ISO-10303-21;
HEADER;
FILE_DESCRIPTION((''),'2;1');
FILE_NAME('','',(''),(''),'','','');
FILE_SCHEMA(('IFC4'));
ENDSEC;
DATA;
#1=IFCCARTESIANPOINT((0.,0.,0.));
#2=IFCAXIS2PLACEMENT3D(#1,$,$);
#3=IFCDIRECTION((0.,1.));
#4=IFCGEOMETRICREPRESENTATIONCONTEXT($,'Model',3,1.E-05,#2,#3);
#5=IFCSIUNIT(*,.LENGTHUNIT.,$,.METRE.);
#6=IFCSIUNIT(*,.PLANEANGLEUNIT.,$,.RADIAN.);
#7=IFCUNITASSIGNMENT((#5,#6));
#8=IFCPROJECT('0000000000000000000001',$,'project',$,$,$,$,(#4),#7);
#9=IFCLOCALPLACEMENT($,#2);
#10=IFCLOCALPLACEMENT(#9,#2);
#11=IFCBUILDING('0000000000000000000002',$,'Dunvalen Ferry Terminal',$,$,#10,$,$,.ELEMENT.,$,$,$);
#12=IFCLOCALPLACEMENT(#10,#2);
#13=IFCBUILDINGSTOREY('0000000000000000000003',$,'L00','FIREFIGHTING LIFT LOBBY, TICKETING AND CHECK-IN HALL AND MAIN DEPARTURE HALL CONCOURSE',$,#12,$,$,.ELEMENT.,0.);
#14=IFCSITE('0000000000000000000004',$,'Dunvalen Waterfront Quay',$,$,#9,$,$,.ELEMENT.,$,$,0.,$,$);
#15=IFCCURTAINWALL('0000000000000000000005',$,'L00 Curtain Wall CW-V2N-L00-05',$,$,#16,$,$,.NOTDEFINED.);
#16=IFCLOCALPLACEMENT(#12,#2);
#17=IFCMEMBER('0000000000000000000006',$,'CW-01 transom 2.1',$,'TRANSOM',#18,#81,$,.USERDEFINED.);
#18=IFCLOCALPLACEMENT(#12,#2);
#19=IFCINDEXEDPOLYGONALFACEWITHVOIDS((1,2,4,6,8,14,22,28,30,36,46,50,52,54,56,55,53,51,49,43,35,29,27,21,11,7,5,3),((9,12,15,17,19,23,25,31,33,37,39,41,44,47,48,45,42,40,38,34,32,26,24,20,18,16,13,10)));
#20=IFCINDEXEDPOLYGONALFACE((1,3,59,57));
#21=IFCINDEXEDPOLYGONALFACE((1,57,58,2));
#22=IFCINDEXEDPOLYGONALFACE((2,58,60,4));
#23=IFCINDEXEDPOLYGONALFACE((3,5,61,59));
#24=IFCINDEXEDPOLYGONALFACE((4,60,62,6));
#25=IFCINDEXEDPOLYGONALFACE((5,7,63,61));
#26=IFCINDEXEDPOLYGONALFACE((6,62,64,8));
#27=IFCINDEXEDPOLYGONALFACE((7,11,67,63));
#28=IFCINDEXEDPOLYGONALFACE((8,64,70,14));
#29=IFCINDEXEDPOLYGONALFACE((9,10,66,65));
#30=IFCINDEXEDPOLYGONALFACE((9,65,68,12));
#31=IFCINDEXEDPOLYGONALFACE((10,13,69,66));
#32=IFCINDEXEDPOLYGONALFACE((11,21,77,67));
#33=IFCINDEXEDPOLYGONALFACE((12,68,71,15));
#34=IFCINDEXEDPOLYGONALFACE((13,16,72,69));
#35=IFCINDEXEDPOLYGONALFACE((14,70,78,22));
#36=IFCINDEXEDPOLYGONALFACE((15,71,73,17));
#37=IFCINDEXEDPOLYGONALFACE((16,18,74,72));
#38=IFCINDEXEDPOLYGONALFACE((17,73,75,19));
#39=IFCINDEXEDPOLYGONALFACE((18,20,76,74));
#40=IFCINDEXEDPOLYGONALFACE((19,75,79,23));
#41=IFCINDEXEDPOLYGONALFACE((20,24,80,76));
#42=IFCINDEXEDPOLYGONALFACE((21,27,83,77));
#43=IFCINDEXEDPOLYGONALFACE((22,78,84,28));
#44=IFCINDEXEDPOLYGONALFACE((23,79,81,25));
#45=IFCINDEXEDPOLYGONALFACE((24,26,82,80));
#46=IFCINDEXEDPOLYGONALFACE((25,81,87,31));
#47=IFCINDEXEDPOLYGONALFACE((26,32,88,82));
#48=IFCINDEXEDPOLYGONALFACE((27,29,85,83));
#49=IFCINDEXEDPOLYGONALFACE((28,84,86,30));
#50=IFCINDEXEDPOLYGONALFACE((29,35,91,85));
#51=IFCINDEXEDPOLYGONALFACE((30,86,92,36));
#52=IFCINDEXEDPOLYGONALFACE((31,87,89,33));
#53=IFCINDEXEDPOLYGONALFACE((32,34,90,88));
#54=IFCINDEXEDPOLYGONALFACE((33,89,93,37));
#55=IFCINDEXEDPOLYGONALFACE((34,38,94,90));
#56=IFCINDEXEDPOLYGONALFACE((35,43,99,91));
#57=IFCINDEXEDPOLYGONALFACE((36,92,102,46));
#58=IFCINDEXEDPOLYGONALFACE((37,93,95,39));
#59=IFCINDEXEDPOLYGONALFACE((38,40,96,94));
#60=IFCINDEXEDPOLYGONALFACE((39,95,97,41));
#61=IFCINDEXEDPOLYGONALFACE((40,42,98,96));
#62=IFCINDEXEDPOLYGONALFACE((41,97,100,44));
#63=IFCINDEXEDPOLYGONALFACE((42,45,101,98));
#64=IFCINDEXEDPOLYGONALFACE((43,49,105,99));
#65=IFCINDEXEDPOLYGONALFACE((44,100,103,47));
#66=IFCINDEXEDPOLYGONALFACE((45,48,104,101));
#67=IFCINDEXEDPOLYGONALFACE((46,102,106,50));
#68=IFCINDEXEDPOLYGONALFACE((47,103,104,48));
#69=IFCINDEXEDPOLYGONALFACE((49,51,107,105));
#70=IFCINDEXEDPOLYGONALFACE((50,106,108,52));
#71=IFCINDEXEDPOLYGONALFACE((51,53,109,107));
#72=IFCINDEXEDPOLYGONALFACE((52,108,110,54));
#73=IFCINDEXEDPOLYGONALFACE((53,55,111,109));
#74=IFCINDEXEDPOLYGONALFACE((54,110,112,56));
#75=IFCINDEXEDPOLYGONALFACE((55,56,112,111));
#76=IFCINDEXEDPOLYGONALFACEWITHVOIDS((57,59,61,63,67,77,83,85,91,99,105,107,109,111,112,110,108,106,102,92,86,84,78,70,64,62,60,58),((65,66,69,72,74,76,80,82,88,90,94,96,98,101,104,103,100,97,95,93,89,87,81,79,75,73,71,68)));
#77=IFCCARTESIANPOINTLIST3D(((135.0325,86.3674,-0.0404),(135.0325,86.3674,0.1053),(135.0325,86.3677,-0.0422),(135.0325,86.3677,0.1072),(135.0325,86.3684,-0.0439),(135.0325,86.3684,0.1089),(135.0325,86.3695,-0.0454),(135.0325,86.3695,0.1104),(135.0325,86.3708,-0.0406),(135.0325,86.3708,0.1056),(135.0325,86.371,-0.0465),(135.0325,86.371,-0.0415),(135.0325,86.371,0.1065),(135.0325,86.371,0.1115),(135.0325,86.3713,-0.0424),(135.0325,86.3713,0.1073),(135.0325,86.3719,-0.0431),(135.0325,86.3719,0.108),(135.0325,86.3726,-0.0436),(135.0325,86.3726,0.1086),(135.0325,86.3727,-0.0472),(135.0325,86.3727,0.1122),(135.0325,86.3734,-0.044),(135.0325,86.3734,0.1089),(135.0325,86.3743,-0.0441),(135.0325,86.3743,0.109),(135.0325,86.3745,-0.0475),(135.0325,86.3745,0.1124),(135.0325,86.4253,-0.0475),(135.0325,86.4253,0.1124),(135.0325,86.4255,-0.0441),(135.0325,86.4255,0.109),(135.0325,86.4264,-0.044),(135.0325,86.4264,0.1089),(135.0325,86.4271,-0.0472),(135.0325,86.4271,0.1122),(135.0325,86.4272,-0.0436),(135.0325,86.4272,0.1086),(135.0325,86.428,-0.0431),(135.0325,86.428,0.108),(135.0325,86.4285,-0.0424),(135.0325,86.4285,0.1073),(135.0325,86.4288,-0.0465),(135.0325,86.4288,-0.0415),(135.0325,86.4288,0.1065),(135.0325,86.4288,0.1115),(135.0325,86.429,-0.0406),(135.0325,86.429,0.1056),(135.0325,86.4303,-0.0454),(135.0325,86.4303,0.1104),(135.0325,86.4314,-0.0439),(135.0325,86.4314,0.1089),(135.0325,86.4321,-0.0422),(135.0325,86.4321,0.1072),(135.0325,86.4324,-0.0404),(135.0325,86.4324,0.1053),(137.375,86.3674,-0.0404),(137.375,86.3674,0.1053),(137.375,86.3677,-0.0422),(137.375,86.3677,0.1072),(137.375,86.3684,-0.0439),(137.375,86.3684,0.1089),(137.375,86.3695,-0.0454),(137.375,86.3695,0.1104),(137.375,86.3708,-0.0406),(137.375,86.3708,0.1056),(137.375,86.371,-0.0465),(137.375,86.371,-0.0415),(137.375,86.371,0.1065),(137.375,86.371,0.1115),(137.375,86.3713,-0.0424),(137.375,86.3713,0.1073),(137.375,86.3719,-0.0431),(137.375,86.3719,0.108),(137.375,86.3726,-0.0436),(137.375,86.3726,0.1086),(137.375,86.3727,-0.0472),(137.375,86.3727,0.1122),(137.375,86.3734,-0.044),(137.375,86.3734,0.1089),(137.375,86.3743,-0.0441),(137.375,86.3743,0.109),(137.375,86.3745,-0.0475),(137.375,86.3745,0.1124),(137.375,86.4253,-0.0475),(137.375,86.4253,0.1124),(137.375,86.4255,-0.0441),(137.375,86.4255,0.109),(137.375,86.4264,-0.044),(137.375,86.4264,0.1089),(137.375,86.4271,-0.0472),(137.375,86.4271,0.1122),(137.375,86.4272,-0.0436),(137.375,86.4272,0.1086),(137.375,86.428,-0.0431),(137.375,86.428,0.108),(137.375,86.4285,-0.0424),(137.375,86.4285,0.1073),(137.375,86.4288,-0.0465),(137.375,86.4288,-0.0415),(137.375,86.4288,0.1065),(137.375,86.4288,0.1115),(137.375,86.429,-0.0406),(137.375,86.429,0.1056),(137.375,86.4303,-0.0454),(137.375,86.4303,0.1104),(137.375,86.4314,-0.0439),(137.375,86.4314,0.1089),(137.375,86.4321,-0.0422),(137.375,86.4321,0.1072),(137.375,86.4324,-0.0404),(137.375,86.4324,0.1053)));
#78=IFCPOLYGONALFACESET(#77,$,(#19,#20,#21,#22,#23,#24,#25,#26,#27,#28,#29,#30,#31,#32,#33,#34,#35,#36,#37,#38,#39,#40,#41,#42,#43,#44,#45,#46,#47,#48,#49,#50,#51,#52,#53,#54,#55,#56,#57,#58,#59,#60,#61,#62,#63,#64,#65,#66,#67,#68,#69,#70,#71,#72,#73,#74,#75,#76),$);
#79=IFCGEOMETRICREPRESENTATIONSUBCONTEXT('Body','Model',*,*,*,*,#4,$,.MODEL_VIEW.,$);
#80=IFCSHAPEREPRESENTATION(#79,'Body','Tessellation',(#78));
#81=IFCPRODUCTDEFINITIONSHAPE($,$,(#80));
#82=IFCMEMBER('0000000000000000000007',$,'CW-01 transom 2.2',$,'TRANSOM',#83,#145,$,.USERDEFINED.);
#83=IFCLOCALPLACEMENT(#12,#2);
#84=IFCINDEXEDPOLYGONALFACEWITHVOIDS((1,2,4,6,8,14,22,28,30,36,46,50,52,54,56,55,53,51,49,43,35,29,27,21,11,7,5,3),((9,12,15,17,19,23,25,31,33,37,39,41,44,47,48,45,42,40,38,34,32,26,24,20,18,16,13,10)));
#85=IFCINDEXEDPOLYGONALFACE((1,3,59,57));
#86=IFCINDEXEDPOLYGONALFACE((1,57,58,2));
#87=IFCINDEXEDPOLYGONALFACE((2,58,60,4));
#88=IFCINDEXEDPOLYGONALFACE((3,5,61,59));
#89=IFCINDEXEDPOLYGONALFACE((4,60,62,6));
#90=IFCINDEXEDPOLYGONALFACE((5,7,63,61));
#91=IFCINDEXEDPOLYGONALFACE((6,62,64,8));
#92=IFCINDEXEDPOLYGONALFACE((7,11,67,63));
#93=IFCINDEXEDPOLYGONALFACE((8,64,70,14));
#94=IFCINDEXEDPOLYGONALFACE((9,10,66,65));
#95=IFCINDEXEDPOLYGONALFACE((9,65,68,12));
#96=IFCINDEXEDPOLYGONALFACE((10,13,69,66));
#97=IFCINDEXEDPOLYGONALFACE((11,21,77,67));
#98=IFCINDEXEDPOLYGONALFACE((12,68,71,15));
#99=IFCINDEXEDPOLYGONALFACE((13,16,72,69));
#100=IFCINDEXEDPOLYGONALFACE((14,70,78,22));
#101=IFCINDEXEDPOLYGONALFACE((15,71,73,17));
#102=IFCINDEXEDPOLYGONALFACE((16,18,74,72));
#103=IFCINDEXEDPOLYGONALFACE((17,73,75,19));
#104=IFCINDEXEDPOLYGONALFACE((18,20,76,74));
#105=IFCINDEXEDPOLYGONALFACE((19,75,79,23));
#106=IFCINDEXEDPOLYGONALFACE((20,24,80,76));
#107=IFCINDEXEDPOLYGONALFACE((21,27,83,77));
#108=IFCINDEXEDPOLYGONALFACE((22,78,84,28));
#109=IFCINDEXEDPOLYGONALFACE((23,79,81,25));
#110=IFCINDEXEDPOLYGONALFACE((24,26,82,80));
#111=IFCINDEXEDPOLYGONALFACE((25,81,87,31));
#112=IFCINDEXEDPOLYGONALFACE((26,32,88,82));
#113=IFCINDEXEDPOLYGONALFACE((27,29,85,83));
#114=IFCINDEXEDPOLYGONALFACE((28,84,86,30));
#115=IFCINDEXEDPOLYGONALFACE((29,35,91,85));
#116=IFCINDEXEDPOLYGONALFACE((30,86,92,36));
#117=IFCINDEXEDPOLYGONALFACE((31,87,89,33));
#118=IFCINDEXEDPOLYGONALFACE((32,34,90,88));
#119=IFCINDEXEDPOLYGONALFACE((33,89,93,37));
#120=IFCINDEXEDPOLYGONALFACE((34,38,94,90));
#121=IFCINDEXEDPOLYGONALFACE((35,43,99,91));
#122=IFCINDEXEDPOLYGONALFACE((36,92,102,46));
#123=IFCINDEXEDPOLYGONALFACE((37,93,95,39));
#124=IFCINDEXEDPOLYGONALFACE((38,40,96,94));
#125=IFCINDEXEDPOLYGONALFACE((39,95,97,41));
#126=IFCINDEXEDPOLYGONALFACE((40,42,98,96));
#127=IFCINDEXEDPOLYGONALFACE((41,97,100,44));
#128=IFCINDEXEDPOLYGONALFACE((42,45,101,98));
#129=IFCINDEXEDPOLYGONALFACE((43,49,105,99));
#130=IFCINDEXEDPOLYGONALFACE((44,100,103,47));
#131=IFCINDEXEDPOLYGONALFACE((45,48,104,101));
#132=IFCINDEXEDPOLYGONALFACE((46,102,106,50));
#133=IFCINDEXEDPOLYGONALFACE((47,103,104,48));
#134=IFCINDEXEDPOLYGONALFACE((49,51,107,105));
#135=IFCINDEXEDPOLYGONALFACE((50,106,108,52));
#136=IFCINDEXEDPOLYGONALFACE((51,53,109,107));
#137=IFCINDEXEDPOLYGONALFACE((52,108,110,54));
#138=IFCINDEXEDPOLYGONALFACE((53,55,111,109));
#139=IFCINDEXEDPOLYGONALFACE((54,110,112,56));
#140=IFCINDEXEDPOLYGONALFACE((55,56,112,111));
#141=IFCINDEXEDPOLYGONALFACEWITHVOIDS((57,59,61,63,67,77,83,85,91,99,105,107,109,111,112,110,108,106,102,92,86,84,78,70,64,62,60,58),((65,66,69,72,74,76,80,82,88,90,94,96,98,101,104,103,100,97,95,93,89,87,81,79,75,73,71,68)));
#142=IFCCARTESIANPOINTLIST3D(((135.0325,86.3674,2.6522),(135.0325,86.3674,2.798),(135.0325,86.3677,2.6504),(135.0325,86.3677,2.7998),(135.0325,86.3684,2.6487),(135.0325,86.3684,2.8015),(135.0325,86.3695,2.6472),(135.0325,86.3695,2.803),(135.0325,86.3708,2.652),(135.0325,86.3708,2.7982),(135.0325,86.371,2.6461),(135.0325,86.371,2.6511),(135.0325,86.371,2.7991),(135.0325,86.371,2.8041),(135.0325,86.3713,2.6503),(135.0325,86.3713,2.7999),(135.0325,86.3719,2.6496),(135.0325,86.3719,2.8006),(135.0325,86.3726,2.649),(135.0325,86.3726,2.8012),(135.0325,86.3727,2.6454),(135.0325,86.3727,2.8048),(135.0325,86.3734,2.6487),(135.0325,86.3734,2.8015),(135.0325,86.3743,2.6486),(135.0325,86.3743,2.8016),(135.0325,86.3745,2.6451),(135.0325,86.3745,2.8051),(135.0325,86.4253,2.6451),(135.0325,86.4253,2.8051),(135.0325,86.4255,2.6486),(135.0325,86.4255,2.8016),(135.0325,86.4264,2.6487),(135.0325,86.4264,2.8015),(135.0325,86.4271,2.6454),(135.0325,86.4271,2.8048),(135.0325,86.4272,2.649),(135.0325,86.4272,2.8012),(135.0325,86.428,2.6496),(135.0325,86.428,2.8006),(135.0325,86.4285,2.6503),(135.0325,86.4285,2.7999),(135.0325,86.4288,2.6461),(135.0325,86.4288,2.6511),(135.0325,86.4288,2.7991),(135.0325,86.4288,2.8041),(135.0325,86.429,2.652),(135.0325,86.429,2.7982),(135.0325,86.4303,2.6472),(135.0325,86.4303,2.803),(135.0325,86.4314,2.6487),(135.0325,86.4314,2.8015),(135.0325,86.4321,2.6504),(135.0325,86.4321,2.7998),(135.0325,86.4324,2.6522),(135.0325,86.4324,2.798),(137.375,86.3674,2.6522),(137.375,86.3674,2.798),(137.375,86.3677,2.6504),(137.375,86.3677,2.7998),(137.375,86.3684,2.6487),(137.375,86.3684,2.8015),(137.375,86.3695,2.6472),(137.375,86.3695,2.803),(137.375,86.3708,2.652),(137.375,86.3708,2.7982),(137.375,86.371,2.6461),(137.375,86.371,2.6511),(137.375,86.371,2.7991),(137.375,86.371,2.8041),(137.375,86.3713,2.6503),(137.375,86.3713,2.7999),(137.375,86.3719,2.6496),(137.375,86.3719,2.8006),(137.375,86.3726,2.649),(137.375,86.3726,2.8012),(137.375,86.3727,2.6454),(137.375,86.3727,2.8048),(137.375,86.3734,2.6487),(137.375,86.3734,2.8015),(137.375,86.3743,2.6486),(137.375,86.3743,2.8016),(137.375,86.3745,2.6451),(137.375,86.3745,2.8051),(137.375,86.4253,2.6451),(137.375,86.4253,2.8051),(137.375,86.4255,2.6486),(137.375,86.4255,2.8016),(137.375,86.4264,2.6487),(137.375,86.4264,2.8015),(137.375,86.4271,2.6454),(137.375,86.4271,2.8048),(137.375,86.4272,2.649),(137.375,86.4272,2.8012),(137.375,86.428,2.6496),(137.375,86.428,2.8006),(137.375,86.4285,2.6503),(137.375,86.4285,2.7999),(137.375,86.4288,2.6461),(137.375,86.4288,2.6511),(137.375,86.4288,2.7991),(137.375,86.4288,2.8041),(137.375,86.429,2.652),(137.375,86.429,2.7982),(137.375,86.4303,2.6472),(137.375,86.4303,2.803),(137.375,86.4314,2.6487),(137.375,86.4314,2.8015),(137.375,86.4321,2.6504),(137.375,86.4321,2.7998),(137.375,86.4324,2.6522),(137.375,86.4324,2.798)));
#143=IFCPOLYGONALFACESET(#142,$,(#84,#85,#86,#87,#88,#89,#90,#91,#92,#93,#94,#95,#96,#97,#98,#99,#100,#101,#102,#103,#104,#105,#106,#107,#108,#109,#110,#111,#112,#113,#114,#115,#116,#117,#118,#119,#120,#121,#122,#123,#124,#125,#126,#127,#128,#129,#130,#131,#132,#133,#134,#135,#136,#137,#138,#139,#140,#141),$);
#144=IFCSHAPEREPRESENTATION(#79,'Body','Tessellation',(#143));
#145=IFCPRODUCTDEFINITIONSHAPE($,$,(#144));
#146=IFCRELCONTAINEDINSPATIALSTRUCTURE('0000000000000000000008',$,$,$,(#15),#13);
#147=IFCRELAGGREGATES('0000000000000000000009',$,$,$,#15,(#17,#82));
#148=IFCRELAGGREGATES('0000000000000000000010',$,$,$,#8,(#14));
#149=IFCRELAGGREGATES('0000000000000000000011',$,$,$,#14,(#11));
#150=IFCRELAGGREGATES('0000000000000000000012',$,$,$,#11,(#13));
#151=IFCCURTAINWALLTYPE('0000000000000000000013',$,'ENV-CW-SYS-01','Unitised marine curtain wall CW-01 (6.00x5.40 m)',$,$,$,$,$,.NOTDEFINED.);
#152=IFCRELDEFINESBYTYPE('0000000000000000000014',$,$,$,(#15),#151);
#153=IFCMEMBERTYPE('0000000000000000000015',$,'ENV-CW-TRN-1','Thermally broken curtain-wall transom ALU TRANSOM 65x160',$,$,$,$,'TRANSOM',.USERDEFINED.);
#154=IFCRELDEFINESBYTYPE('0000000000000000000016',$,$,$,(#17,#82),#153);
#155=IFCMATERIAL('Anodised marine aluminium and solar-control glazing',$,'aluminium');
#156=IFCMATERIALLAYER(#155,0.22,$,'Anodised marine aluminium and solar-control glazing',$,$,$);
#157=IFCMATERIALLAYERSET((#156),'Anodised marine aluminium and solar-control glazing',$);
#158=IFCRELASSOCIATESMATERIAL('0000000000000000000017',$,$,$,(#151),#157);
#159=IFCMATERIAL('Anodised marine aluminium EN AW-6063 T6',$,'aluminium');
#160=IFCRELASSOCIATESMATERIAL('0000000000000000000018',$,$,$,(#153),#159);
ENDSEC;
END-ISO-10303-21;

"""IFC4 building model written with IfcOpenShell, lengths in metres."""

from ifc_helpers import new_model, si_unit, direction, frame, origin, origin_2d, place, context, subcontext, project, spatial, hollow_rectangle, extrude, material, layer, layer_set, material_profile, profile_set, type_object, element, aggregate, save


model = new_model("IFC4")

# Units and contexts
model_context = context("Model", 3, precision=1e-05, world=origin(), true_north=direction((0.0, 1.0)))
body_context = subcontext(model_context, "Body", "Model", "MODEL_VIEW")
ifc_project = project(units=[si_unit("LENGTHUNIT", "METRE"), si_unit("PLANEANGLEUNIT", "RADIAN")], contexts=[model_context])

# Site, building, storey
site_placement = place(None, origin())
site = spatial("IfcSite", under=ifc_project, at=site_placement, Name="Dunvalen Waterfront Quay", CompositionType="ELEMENT", RefElevation=0.0)
building_placement = place(site_placement, origin())
building = spatial("IfcBuilding", under=site, at=building_placement, Name="Dunvalen Ferry Terminal", CompositionType="ELEMENT")
storey_placement = place(building_placement, origin())
storey = spatial("IfcBuildingStorey", under=building, at=storey_placement, Name="L00", Description="FIREFIGHTING LIFT LOBBY, TICKETING AND CHECK-IN HALL AND MAIN DEPARTURE HALL CONCOURSE", CompositionType="ELEMENT", Elevation=0.0)

# Curtain wall
ifc_material_1 = material(Name="Anodised marine aluminium and solar-control glazing", Category="aluminium")
ifc_layer_1 = layer(ifc_material_1, 0.22, Name="Anodised marine aluminium and solar-control glazing")
ifc_layer_set_1 = layer_set([ifc_layer_1], Name="Anodised marine aluminium and solar-control glazing")
curtain_wall_type = type_object("IfcCurtainWallType", Name="ENV-CW-SYS-01", Description="Unitised marine curtain wall CW-01 (6.00x5.40 m)", PredefinedType="NOTDEFINED", material=ifc_layer_set_1)
curtain_wall_1_placement = place(storey_placement, origin())
curtain_wall_1 = element("IfcCurtainWall", 1, at=curtain_wall_1_placement, inside=storey, type_object=curtain_wall_type, Name="L00 Curtain Wall CW-V2N-L00-05", PredefinedType="NOTDEFINED")
ifc_material_2 = material(Name="Anodised marine aluminium EN AW-6063 T6", Category="aluminium")

# Members
ifc_material_profile_1 = material_profile(ifc_material_2, hollow_rectangle(XDim=0.0649, YDim=0.1599, WallThickness=0.0034, InnerFilletRadius=0.0034, OuterFilletRadius=0.0071, at=origin_2d()), Name="Anodised marine aluminium EN AW-6063 T6")
ifc_profile_set_1 = profile_set([ifc_material_profile_1], Name="Anodised marine aluminium EN AW-6063 T6")
member_type_1 = type_object("IfcMemberType", Name="ENV-CW-TRN-1", Description="Thermally broken curtain-wall transom ALU TRANSOM 65x160", ElementType="TRANSOM", PredefinedType="USERDEFINED", material=ifc_profile_set_1)
member_1_placement = place(storey_placement, frame((135.0325, 86.3999, 0.0325), z_axis=(1.0, 0.0, 0.0), x_axis=(0.0, 1.0, 0.0)))
member_1 = element("IfcMember", 2, at=member_1_placement, type_object=member_type_1, Name="CW-01 transom 2.1", ObjectType="TRANSOM", PredefinedType="USERDEFINED", context=body_context, shape_type="SweptSolid", body=[
    extrude(hollow_rectangle(XDim=0.0649, YDim=0.1599, WallThickness=0.0034, InnerFilletRadius=0.0034, OuterFilletRadius=0.0071, at=origin_2d()), origin(), (0.0, 0.0, 1.0), 2.3425),
])
member_2_placement = place(storey_placement, frame((135.0325, 86.3999, 2.7251), z_axis=(1.0, 0.0, 0.0), x_axis=(0.0, 1.0, 0.0)))
member_2 = element("IfcMember", 3, at=member_2_placement, type_object=member_type_1, Name="CW-01 transom 2.2", ObjectType="TRANSOM", PredefinedType="USERDEFINED", context=body_context, shape_type="SweptSolid", body=[
    extrude(hollow_rectangle(XDim=0.0649, YDim=0.1599, WallThickness=0.0034, InnerFilletRadius=0.0034, OuterFilletRadius=0.0071, at=origin_2d()), origin(), (0.0, 0.0, 1.0), 2.3425),
])

aggregate(curtain_wall_1, [member_1, member_2])

save(model, "model.ifc")
